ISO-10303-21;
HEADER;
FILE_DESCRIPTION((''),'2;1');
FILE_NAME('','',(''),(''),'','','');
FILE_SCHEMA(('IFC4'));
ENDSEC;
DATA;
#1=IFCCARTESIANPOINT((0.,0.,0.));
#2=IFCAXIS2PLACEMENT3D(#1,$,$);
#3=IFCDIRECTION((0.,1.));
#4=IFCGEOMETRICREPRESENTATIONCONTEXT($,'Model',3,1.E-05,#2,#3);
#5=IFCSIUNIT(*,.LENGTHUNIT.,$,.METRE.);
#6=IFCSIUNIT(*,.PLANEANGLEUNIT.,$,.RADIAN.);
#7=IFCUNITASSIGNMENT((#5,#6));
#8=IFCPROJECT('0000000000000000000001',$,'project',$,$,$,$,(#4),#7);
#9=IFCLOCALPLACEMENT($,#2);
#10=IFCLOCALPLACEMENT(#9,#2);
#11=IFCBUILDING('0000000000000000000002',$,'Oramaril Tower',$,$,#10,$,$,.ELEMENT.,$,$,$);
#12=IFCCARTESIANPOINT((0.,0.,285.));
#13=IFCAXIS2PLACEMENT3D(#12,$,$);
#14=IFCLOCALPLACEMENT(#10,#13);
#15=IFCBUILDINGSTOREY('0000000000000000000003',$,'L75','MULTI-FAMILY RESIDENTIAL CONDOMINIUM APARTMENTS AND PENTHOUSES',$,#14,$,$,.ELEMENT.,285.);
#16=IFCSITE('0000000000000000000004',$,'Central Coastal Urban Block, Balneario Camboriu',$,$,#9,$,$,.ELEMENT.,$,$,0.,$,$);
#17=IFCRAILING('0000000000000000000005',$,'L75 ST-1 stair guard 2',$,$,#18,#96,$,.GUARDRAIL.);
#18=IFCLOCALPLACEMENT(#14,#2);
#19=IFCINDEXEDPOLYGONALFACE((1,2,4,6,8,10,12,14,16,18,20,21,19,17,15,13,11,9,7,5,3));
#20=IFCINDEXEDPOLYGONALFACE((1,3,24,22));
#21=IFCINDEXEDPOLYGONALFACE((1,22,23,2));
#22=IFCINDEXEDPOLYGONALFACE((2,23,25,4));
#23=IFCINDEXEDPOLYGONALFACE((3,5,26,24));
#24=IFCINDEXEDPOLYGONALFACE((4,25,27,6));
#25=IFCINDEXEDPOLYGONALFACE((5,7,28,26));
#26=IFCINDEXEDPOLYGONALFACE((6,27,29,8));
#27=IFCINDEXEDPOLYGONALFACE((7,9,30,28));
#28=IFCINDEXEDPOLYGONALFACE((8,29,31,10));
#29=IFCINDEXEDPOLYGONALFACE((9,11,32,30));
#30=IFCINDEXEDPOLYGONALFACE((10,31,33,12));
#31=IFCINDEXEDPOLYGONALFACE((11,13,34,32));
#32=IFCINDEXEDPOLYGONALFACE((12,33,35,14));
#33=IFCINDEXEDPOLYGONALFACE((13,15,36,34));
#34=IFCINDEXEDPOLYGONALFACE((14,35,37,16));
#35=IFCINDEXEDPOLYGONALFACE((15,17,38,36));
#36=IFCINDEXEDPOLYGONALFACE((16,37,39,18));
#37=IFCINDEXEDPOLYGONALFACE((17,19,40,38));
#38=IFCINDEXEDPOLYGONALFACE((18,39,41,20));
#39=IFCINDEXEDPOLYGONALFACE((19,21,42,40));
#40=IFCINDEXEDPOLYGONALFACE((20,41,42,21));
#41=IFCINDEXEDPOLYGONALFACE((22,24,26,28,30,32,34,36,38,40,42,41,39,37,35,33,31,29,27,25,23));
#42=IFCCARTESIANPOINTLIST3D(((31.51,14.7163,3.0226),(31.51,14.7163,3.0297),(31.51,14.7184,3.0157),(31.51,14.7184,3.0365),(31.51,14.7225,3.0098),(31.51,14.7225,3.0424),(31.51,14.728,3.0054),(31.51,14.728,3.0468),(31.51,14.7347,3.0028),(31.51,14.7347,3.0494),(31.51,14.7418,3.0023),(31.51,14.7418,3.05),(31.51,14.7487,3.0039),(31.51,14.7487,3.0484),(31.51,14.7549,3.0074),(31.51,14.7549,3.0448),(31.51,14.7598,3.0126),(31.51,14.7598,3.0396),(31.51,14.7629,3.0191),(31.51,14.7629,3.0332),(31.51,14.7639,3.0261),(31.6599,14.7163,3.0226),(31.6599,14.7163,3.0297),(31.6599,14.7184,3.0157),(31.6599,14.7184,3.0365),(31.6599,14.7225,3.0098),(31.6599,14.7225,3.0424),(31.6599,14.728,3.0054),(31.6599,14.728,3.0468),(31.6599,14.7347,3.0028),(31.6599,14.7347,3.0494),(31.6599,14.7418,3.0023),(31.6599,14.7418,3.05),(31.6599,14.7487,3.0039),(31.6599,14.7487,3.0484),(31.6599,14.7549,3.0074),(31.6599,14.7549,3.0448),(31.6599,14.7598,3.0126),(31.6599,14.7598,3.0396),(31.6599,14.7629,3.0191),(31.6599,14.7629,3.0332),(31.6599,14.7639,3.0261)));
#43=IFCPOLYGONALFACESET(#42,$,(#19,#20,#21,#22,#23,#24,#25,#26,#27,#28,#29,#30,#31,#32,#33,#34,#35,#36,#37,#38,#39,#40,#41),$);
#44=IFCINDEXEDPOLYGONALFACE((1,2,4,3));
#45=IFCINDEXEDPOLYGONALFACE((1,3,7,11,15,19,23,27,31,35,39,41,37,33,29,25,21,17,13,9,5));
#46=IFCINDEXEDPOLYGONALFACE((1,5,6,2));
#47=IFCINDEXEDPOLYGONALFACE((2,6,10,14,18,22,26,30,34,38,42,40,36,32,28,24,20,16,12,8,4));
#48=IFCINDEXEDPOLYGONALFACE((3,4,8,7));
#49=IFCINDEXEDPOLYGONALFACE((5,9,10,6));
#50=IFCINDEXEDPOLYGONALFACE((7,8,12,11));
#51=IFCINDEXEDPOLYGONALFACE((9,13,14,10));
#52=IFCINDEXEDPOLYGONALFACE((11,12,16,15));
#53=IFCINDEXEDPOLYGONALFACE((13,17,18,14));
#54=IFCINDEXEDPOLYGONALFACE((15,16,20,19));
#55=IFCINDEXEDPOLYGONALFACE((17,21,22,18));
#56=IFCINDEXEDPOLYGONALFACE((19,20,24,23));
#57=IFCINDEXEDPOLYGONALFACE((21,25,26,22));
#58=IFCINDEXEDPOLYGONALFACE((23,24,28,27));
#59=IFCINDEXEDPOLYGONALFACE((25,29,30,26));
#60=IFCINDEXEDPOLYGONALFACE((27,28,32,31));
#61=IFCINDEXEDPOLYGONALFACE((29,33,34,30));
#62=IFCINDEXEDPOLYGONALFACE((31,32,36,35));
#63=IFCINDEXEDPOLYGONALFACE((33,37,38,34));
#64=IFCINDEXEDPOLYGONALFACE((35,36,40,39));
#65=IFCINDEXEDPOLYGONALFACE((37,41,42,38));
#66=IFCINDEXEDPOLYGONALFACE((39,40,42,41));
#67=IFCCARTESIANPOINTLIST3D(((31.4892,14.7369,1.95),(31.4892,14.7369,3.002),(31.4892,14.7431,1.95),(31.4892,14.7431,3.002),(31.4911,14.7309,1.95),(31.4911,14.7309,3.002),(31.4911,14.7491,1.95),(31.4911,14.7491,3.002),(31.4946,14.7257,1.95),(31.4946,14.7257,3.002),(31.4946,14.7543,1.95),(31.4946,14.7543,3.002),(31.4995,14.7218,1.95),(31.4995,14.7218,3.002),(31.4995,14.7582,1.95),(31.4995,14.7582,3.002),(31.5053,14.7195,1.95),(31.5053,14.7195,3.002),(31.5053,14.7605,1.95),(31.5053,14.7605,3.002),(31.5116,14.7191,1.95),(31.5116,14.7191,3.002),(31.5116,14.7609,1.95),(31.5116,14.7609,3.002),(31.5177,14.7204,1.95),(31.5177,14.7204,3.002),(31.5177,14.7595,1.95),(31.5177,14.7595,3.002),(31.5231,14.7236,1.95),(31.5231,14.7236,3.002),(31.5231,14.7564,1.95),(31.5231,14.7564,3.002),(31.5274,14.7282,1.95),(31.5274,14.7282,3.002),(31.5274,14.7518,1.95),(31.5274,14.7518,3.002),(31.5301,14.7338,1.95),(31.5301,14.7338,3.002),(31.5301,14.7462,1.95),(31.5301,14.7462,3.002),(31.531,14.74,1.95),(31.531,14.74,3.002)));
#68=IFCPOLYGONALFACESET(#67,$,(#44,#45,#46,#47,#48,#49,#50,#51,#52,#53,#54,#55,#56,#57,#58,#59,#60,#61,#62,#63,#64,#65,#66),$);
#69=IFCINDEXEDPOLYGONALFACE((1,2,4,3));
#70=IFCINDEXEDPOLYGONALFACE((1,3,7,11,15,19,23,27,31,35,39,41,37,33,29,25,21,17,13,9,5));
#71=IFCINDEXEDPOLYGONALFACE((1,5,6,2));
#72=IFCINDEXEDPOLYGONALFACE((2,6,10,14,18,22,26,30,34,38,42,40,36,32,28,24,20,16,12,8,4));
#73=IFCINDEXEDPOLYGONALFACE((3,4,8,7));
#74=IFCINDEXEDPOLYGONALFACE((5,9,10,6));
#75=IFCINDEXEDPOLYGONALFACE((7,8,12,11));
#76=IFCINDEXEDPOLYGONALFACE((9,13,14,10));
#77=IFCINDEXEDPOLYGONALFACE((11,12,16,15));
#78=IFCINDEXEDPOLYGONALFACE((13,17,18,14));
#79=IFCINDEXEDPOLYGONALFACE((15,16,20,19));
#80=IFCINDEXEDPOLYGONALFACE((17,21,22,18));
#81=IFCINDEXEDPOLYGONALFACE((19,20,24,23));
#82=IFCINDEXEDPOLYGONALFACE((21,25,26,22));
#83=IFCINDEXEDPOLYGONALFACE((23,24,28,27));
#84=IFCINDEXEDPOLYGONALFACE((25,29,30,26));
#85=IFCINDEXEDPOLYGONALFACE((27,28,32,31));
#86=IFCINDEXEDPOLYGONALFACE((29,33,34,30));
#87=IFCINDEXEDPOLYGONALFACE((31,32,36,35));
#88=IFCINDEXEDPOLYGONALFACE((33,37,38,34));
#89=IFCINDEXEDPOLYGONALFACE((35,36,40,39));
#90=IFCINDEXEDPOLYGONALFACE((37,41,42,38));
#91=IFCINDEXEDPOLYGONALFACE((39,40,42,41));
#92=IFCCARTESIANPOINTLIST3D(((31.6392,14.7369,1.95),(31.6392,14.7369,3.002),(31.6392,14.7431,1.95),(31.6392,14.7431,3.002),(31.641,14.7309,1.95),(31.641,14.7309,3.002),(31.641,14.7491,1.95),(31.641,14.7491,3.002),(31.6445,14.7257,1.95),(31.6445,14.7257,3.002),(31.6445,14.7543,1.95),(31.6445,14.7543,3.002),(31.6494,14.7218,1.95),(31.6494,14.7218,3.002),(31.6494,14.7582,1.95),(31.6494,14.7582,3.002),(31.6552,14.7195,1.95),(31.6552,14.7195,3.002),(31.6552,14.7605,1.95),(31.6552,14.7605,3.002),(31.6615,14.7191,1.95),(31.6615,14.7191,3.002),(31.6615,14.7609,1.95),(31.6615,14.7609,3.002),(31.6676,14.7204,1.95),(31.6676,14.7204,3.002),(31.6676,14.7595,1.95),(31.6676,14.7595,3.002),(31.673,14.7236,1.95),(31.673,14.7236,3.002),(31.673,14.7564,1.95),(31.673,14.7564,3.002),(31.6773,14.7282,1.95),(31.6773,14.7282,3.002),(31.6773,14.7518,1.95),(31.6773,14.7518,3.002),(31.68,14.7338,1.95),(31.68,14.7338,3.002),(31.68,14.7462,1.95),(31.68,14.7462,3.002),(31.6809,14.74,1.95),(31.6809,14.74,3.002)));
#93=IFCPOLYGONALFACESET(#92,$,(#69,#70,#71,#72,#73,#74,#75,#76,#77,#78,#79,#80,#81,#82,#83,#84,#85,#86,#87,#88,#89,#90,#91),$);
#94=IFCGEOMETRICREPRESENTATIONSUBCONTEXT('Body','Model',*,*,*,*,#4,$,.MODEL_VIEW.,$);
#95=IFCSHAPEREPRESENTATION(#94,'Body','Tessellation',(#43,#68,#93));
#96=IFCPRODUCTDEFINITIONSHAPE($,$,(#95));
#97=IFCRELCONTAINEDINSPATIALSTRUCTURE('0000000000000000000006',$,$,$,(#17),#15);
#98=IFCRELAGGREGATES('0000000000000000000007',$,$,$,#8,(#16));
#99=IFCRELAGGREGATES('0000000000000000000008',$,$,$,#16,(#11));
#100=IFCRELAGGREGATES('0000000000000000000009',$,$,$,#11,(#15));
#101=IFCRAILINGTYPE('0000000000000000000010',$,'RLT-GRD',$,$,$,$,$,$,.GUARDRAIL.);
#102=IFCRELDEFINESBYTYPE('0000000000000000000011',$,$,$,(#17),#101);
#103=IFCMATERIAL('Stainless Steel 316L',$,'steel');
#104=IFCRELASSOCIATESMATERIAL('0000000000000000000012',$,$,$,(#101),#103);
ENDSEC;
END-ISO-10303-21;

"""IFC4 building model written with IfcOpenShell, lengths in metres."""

from ifc_helpers import new_model, si_unit, direction, frame, origin, origin_2d, place, context, subcontext, project, spatial, circle, extrude, material, type_object, element, save


model = new_model("IFC4")

# Units and contexts
model_context = context("Model", 3, precision=1e-05, world=origin(), true_north=direction((0.0, 1.0)))
body_context = subcontext(model_context, "Body", "Model", "MODEL_VIEW")
ifc_project = project(units=[si_unit("LENGTHUNIT", "METRE"), si_unit("PLANEANGLEUNIT", "RADIAN")], contexts=[model_context])

# Site, building, storey
site_placement = place(None, origin())
site = spatial("IfcSite", under=ifc_project, at=site_placement, Name="Central Coastal Urban Block, Balneario Camboriu", CompositionType="ELEMENT", RefElevation=0.0)
building_placement = place(site_placement, origin())
building = spatial("IfcBuilding", under=site, at=building_placement, Name="Oramaril Tower", CompositionType="ELEMENT")
storey_placement = place(building_placement, frame((0.0, 0.0, 285.0)))
storey = spatial("IfcBuildingStorey", under=building, at=storey_placement, Name="L75", Description="MULTI-FAMILY RESIDENTIAL CONDOMINIUM APARTMENTS AND PENTHOUSES", CompositionType="ELEMENT", Elevation=285.0)

# Railing
ifc_material_1 = material(Name="Stainless Steel 316L", Category="steel")
railing_type_1 = type_object("IfcRailingType", Name="RLT-GRD", PredefinedType="GUARDRAIL", material=ifc_material_1)
railing_1_placement = place(storey_placement, frame((31.51, 14.74, 1.95)))
element("IfcRailing", 1, at=railing_1_placement, inside=storey, type_object=railing_type_1, Name="L75 ST-1 stair guard 2", PredefinedType="GUARDRAIL", context=body_context, shape_type="SweptSolid", body=[
    extrude(circle(Radius=0.0239, at=origin_2d()), frame((0.0, 0.0, 1.0762), z_axis=(1.0, 0.0, 0.0), x_axis=(0.0, 1.0, 0.0)), (0.0, 0.0, 1.0), 0.1499),
    extrude(circle(Radius=0.021, at=origin_2d()), origin(), (0.0, 0.0, 1.0), 1.052),
    extrude(circle(Radius=0.021, at=origin_2d()), frame((0.1499, 0.0, 0.0)), (0.0, 0.0, 1.0), 1.052),
])

save(model, "model.ifc")
